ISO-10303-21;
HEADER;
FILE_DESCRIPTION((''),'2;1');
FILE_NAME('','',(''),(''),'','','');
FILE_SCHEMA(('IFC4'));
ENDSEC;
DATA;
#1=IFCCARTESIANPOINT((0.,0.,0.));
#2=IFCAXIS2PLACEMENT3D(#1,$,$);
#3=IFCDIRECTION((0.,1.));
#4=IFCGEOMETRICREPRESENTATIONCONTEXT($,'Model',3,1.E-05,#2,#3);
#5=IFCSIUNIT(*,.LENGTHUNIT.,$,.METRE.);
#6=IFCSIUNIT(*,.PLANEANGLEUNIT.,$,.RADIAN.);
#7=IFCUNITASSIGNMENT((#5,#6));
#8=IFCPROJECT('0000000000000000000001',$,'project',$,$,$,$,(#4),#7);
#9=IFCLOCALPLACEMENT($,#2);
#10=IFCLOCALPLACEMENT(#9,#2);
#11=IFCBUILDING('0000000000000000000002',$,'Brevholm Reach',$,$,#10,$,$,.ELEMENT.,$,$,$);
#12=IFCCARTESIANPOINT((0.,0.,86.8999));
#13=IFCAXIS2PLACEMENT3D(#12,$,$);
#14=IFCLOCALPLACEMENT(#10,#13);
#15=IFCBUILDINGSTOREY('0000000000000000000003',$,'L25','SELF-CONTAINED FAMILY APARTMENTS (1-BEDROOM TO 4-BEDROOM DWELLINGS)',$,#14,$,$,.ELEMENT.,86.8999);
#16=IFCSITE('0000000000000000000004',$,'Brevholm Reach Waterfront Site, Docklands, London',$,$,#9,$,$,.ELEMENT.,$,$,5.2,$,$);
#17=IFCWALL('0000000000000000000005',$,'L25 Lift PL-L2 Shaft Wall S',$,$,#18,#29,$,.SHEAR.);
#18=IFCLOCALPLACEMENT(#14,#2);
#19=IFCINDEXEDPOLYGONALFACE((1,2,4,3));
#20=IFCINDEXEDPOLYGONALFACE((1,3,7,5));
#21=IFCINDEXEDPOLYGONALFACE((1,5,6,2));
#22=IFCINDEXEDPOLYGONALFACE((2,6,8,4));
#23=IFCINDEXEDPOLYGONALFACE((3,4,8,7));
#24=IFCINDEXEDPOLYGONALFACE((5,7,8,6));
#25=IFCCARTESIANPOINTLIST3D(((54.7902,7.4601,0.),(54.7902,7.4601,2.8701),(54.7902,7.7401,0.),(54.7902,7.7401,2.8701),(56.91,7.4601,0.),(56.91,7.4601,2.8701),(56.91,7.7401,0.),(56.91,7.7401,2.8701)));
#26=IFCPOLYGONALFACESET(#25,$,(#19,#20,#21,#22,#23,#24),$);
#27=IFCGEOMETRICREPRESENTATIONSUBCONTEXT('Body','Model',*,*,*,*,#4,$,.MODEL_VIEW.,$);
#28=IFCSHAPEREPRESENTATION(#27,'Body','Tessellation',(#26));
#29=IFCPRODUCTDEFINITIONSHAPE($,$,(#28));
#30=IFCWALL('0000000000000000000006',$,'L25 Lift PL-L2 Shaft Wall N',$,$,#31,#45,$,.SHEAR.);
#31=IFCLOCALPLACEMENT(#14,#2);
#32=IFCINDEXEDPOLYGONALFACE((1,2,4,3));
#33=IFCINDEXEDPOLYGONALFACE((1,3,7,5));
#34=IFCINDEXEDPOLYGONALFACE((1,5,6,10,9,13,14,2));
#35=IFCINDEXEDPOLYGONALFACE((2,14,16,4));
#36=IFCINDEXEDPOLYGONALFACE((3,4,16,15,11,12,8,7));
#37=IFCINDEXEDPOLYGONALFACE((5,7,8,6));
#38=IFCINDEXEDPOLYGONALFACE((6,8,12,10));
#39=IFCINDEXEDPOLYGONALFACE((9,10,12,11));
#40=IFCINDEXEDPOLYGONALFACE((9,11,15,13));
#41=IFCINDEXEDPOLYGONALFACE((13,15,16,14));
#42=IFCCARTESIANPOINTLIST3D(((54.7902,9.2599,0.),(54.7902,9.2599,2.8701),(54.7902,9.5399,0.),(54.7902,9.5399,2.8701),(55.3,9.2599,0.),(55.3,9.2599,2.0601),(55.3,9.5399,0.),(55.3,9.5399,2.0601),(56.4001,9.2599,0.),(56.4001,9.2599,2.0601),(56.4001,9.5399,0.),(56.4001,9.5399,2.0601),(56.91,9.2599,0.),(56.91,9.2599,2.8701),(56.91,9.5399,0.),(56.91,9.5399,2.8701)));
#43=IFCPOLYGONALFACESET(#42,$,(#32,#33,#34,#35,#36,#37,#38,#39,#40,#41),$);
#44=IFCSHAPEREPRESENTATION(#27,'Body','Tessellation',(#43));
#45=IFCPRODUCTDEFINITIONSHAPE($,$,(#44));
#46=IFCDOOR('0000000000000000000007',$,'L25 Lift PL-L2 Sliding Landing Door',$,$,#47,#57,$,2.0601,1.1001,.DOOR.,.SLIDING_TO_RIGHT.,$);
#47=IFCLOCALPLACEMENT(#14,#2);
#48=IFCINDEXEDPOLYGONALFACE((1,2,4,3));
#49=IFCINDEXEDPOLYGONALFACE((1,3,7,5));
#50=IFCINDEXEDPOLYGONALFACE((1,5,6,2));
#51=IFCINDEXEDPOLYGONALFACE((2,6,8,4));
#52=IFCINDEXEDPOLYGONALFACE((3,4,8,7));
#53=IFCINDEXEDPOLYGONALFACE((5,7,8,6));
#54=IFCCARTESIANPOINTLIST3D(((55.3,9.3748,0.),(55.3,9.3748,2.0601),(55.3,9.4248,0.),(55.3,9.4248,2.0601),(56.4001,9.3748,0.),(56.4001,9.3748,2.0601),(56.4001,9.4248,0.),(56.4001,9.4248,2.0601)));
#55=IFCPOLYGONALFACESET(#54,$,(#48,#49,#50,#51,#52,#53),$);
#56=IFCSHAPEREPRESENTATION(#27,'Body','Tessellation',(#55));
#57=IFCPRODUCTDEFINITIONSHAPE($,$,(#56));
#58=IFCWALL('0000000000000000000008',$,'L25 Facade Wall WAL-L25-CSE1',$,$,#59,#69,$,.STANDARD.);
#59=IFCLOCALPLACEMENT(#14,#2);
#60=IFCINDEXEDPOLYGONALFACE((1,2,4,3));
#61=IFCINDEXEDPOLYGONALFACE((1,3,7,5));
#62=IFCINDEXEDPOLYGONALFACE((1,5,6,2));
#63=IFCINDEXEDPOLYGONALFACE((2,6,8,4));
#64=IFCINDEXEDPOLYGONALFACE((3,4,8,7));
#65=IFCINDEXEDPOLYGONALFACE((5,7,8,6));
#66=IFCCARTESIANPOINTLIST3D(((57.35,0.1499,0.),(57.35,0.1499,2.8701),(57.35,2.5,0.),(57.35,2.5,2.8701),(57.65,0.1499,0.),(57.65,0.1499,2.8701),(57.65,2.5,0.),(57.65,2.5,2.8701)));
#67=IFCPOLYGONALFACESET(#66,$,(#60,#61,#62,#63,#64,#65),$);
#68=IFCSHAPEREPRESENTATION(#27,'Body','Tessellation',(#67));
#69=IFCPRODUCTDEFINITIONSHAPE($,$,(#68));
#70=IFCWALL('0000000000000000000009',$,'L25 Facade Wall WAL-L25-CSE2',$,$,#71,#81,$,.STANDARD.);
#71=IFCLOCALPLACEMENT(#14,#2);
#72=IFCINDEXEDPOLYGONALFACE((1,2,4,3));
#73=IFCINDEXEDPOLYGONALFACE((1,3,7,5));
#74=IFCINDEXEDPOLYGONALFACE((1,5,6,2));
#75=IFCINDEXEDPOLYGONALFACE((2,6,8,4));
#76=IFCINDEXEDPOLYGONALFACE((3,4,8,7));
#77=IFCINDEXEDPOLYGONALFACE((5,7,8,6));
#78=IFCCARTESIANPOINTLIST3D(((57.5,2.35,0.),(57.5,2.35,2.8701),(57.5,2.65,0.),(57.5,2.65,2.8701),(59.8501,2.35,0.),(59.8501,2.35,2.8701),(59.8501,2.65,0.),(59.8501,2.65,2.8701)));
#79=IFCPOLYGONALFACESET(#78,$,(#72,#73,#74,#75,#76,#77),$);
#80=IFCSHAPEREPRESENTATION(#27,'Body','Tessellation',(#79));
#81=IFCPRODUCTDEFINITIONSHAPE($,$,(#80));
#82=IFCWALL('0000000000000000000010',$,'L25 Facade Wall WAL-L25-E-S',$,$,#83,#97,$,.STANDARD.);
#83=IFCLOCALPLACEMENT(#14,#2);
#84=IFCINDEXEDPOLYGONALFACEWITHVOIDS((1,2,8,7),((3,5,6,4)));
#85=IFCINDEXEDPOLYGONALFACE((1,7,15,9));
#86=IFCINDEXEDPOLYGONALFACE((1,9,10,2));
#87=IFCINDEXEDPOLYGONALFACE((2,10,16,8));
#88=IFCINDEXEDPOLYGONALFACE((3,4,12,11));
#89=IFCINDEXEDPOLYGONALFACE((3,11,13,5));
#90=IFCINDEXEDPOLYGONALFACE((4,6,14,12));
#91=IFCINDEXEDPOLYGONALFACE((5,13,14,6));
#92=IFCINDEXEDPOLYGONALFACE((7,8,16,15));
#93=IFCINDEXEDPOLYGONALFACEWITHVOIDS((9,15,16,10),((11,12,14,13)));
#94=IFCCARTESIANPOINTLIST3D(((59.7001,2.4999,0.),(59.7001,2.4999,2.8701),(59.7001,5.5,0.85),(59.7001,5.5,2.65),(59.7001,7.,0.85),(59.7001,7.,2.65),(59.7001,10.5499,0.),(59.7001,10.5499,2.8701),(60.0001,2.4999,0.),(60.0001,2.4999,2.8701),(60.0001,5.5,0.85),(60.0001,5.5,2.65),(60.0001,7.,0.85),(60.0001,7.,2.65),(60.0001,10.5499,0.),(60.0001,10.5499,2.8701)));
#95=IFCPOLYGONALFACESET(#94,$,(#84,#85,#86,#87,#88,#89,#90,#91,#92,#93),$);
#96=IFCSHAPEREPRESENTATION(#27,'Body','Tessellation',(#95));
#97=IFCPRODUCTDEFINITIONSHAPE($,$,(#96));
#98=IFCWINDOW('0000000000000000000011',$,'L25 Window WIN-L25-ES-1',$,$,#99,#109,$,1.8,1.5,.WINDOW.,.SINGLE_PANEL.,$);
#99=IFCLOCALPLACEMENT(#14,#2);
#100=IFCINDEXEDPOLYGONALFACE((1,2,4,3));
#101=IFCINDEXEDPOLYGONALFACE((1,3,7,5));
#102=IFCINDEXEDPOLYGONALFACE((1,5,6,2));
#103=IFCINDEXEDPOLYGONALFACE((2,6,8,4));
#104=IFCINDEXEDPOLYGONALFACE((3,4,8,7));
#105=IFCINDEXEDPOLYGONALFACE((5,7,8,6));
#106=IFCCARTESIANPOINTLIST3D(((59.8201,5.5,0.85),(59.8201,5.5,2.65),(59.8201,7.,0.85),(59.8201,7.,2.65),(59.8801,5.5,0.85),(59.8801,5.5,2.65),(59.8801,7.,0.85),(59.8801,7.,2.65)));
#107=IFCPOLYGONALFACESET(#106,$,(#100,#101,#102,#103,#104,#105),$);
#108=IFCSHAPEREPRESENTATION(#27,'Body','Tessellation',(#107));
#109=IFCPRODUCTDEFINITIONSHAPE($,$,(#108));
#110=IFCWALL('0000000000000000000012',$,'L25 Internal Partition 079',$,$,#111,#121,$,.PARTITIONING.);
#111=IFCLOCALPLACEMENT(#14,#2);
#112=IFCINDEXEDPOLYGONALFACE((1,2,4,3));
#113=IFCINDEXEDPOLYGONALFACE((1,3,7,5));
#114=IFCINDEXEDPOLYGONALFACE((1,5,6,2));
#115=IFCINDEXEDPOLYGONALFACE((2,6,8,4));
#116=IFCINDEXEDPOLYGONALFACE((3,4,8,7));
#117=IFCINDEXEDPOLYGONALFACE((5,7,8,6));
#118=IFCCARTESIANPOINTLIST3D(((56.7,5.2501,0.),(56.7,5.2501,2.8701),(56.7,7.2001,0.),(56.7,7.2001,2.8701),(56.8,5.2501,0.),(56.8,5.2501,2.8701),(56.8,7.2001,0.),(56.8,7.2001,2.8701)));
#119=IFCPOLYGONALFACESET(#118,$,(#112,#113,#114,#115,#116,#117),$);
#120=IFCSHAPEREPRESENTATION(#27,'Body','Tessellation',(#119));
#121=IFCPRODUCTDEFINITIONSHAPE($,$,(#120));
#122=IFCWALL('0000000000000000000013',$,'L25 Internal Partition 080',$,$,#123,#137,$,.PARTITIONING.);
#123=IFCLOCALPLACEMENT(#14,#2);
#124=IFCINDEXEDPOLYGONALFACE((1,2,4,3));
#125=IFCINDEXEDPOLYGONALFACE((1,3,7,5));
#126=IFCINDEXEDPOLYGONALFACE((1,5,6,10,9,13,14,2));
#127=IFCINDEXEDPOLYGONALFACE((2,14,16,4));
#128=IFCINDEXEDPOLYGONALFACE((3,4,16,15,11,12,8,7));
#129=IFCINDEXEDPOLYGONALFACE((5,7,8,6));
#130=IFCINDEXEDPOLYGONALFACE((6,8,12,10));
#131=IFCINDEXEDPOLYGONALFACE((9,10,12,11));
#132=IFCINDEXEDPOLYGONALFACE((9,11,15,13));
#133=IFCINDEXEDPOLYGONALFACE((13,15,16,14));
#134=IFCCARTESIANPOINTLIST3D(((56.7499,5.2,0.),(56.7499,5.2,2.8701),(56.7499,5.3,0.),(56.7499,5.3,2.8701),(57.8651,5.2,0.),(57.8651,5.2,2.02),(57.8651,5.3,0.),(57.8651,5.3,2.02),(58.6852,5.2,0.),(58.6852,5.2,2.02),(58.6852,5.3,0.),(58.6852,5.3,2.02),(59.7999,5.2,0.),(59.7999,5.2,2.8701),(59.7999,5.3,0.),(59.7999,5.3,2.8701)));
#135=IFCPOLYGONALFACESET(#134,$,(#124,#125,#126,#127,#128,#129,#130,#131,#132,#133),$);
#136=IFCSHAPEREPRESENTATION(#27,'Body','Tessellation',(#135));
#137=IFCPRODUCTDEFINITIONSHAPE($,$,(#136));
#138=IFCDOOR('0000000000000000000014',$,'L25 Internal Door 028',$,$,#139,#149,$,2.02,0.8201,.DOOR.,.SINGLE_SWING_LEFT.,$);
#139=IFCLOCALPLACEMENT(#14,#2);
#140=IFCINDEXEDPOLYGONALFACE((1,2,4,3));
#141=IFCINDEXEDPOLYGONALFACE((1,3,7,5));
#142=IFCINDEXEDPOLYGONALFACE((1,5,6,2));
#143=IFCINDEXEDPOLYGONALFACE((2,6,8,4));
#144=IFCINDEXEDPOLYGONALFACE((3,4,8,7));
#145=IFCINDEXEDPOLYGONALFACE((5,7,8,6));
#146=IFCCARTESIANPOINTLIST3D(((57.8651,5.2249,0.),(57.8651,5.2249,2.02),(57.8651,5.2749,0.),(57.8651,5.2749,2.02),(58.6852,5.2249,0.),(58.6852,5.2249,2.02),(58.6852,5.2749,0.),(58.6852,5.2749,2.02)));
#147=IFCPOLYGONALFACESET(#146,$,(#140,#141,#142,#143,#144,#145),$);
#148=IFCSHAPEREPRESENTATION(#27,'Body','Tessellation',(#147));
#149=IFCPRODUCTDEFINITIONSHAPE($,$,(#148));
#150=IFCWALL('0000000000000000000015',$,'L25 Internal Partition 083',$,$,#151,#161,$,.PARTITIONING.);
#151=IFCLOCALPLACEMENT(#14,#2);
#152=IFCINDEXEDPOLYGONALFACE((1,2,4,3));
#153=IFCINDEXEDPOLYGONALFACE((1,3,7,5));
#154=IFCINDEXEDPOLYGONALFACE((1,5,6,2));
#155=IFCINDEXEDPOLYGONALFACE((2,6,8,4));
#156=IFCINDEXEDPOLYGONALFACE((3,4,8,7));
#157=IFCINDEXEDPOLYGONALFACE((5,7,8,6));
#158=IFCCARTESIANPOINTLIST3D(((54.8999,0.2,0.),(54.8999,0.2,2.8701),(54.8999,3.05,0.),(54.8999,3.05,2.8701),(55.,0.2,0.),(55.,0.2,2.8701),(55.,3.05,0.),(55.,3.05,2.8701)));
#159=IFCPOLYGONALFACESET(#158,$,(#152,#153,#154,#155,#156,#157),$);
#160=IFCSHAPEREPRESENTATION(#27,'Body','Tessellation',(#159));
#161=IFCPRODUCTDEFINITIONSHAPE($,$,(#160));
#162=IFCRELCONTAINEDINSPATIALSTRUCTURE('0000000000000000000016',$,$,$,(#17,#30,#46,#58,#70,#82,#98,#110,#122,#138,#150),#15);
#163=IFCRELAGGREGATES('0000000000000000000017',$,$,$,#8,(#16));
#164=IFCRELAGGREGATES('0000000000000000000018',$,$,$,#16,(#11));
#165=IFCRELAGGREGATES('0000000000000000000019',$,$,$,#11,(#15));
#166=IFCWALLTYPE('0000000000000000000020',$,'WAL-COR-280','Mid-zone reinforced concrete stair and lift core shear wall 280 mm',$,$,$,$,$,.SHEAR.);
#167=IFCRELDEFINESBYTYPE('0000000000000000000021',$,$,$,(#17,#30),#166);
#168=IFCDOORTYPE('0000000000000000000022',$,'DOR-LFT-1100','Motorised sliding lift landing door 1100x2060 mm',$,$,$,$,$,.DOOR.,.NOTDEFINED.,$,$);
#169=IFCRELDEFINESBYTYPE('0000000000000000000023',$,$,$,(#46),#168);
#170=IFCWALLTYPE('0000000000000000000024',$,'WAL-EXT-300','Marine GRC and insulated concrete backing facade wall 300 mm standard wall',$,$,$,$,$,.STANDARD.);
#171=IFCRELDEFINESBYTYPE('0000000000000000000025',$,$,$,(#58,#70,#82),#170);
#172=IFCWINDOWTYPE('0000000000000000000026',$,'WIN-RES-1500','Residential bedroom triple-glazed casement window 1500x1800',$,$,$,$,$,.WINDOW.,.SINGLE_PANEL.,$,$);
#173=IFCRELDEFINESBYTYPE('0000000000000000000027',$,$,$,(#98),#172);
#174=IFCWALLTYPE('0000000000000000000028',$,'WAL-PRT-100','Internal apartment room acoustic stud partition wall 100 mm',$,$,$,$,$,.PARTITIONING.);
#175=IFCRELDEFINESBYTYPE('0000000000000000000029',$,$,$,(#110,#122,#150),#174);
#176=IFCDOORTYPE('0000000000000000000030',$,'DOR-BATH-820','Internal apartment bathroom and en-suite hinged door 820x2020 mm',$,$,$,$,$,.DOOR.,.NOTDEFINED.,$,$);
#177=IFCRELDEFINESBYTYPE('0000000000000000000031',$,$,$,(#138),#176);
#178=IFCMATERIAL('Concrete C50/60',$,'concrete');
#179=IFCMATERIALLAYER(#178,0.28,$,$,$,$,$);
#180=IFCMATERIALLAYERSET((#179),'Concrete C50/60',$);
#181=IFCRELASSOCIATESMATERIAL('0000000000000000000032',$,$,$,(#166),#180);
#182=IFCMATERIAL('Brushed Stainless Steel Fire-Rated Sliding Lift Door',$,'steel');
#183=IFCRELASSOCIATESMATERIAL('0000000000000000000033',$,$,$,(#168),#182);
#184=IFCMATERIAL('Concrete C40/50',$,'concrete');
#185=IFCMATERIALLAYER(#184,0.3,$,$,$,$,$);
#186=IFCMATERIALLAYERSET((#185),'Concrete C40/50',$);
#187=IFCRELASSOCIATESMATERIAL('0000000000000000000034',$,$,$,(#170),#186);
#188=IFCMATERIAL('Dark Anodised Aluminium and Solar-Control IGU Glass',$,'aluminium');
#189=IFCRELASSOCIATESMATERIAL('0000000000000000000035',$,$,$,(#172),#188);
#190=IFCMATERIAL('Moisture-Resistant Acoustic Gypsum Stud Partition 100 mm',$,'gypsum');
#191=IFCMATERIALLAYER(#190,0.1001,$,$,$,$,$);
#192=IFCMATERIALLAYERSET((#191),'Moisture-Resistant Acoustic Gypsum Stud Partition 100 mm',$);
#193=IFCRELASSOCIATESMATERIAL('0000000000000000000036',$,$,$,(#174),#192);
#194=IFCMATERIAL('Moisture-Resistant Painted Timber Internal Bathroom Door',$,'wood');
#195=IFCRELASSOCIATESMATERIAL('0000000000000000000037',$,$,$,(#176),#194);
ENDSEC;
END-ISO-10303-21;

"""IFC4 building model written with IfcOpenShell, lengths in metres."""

from ifc_helpers import new_model, si_unit, direction, frame, frame_2d, origin, place, context, subcontext, project, spatial, rectangle, extrude, material, layer, layer_set, type_object, element, fill, save


model = new_model("IFC4")

# Units and contexts
model_context = context("Model", 3, precision=1e-05, world=origin(), true_north=direction((0.0, 1.0)))
body_context = subcontext(model_context, "Body", "Model", "MODEL_VIEW")
ifc_project = project(units=[si_unit("LENGTHUNIT", "METRE"), si_unit("PLANEANGLEUNIT", "RADIAN")], contexts=[model_context])

# Site, building, storey
site_placement = place(None, origin())
site = spatial("IfcSite", under=ifc_project, at=site_placement, Name="Brevholm Reach Waterfront Site, Docklands, London", CompositionType="ELEMENT", RefElevation=5.2)
building_placement = place(site_placement, origin())
building = spatial("IfcBuilding", under=site, at=building_placement, Name="Brevholm Reach", CompositionType="ELEMENT")
storey_placement = place(building_placement, frame((0.0, 0.0, 86.8999)))
storey = spatial("IfcBuildingStorey", under=building, at=storey_placement, Name="L25", Description="SELF-CONTAINED FAMILY APARTMENTS (1-BEDROOM TO 4-BEDROOM DWELLINGS)", CompositionType="ELEMENT", Elevation=86.8999)

# Wall
ifc_material_1 = material(Name="Concrete C50/60", Category="concrete")
ifc_layer_1 = layer(ifc_material_1, 0.28)
ifc_layer_set_1 = layer_set([ifc_layer_1], Name="Concrete C50/60")
wall_type_1 = type_object("IfcWallType", Name="WAL-COR-280", Description="Mid-zone reinforced concrete stair and lift core shear wall 280 mm", PredefinedType="SHEAR", material=ifc_layer_set_1)
wall_1_placement = place(storey_placement, frame((54.79, 7.6001, 0.0), z_axis=(0.0, 0.0, 1.0), x_axis=(1.0, 0.0, 0.0)))
element("IfcWall", 1, at=wall_1_placement, inside=storey, type_object=wall_type_1, Name="L25 Lift PL-L2 Shaft Wall S", PredefinedType="SHEAR", context=body_context, shape_type="SweptSolid", body=[
    extrude(rectangle(XDim=2.1199, YDim=0.28, at=frame_2d((1.0601, 0.0))), origin(), (0.0, 0.0, 1.0), 2.8701),
])

# Wall, opening, door
wall_2_placement = place(storey_placement, frame((54.79, 9.3999, 0.0), z_axis=(0.0, 0.0, 1.0), x_axis=(1.0, 0.0, 0.0)))
wall_2 = element("IfcWall", 2, at=wall_2_placement, inside=storey, type_object=wall_type_1, Name="L25 Lift PL-L2 Shaft Wall N", PredefinedType="SHEAR", context=body_context, shape_type="SweptSolid", body=[
    extrude(rectangle(XDim=2.1199, YDim=0.28, at=frame_2d((1.0601, 0.0))), origin(), (0.0, 0.0, 1.0), 2.8701),
])
opening_1_placement = place(wall_2_placement, frame((0.51, 0.0, 0.0)))
opening_1 = element("IfcOpeningElement", 3, at=opening_1_placement, cuts=wall_2, PredefinedType="OPENING", context=body_context, shape_type="SweptSolid", body=[
    extrude(rectangle(XDim=1.1001, YDim=2.0601, at=frame_2d((0.55, 1.03))), frame((0.0, 0.1499, 0.0), z_axis=(0.0, -1.0, 0.0), x_axis=(1.0, 0.0, 0.0)), (0.0, 0.0, 1.0), 0.3),
])
ifc_material_2 = material(Name="Brushed Stainless Steel Fire-Rated Sliding Lift Door", Category="steel")
door_type_1 = type_object("IfcDoorType", Name="DOR-LFT-1100", Description="Motorised sliding lift landing door 1100x2060 mm", OperationType="NOTDEFINED", PredefinedType="DOOR", material=ifc_material_2)
door_1_placement = place(opening_1_placement, origin())
door_1 = element("IfcDoor", 4, at=door_1_placement, inside=storey, type_object=door_type_1, Name="L25 Lift PL-L2 Sliding Landing Door", OperationType="SLIDING_TO_RIGHT", OverallHeight=2.0601, OverallWidth=1.1001, PredefinedType="DOOR", context=body_context, shape_type="SweptSolid", body=[
    extrude(rectangle(XDim=1.1001, YDim=2.0601, at=frame_2d((0.55, 1.03))), frame((0.0, 0.0249, 0.0), z_axis=(0.0, -1.0, 0.0), x_axis=(1.0, 0.0, 0.0)), (0.0, 0.0, 1.0), 0.05),
])
fill(opening_1, door_1)

# Walls
ifc_material_3 = material(Name="Concrete C40/50", Category="concrete")
ifc_layer_2 = layer(ifc_material_3, 0.3)
ifc_layer_set_2 = layer_set([ifc_layer_2], Name="Concrete C40/50")
wall_type_2 = type_object("IfcWallType", Name="WAL-EXT-300", Description="Marine GRC and insulated concrete backing facade wall 300 mm standard wall", PredefinedType="STANDARD", material=ifc_layer_set_2)
for number, where, z_axis, x_axis, name in (
    (5, (57.5, 0.1499, 0.0), (0.0, 0.0, 1.0), (0.0, 1.0, 0.0), "L25 Facade Wall WAL-L25-CSE1"),
    (6, (57.5, 2.5, 0.0), (0.0, 0.0, 1.0), (1.0, 0.0, 0.0), "L25 Facade Wall WAL-L25-CSE2"),
):
    element("IfcWall", number, at=place(storey_placement, frame(where, z_axis=z_axis, x_axis=x_axis)), inside=storey, type_object=wall_type_2, Name=name, PredefinedType="STANDARD", context=body_context, shape_type="SweptSolid", body=[
        extrude(rectangle(XDim=2.3501, YDim=0.3, at=frame_2d((1.175, 0.0))), origin(), (0.0, 0.0, 1.0), 2.8701),
    ])

# Wall, opening, window
wall_3_placement = place(storey_placement, frame((59.8501, 2.5, 0.0), z_axis=(0.0, 0.0, 1.0), x_axis=(0.0, 1.0, 0.0)))
wall_3 = element("IfcWall", 7, at=wall_3_placement, inside=storey, type_object=wall_type_2, Name="L25 Facade Wall WAL-L25-E-S", PredefinedType="STANDARD", context=body_context, shape_type="SweptSolid", body=[
    extrude(rectangle(XDim=8.05, YDim=0.3, at=frame_2d((4.0249, 0.0))), origin(), (0.0, 0.0, 1.0), 2.8701),
])
opening_2_placement = place(wall_3_placement, frame((3.0, 0.0, 0.8501)))
opening_2 = element("IfcOpeningElement", 8, at=opening_2_placement, cuts=wall_3, PredefinedType="OPENING", context=body_context, shape_type="SweptSolid", body=[
    extrude(rectangle(XDim=1.5, YDim=1.8, at=frame_2d((0.75, 0.8999))), frame((0.0, 0.1599, 0.0), z_axis=(0.0, -1.0, 0.0), x_axis=(1.0, 0.0, 0.0)), (0.0, 0.0, 1.0), 0.3201),
])
ifc_material_4 = material(Name="Dark Anodised Aluminium and Solar-Control IGU Glass", Category="aluminium")
window_type = type_object("IfcWindowType", Name="WIN-RES-1500", Description="Residential bedroom triple-glazed casement window 1500x1800", PartitioningType="SINGLE_PANEL", PredefinedType="WINDOW", material=ifc_material_4)
window_placement = place(opening_2_placement, origin())
window = element("IfcWindow", 9, at=window_placement, inside=storey, type_object=window_type, Name="L25 Window WIN-L25-ES-1", OverallHeight=1.8, OverallWidth=1.5, PartitioningType="SINGLE_PANEL", PredefinedType="WINDOW", context=body_context, shape_type="SweptSolid", body=[
    extrude(rectangle(XDim=1.5, YDim=1.8, at=frame_2d((0.75, 0.8999))), frame((0.0, 0.03, 0.0), z_axis=(0.0, -1.0, 0.0), x_axis=(1.0, 0.0, 0.0)), (0.0, 0.0, 1.0), 0.0601),
])
fill(opening_2, window)

# Wall
ifc_material_5 = material(Name="Moisture-Resistant Acoustic Gypsum Stud Partition 100 mm", Category="gypsum")
ifc_layer_3 = layer(ifc_material_5, 0.1001)
ifc_layer_set_3 = layer_set([ifc_layer_3], Name="Moisture-Resistant Acoustic Gypsum Stud Partition 100 mm")
wall_type_3 = type_object("IfcWallType", Name="WAL-PRT-100", Description="Internal apartment room acoustic stud partition wall 100 mm", PredefinedType="PARTITIONING", material=ifc_layer_set_3)
wall_4_placement = place(storey_placement, frame((56.75, 5.25, 0.0), z_axis=(0.0, 0.0, 1.0), x_axis=(0.0, 1.0, 0.0)))
element("IfcWall", 10, at=wall_4_placement, inside=storey, type_object=wall_type_3, Name="L25 Internal Partition 079", PredefinedType="PARTITIONING", context=body_context, shape_type="SweptSolid", body=[
    extrude(rectangle(XDim=1.95, YDim=0.1001, at=frame_2d((0.9751, 0.0))), origin(), (0.0, 0.0, 1.0), 2.8701),
])

# Wall, opening, door
wall_5_placement = place(storey_placement, frame((56.75, 5.25, 0.0), z_axis=(0.0, 0.0, 1.0), x_axis=(1.0, 0.0, 0.0)))
wall_5 = element("IfcWall", 11, at=wall_5_placement, inside=storey, type_object=wall_type_3, Name="L25 Internal Partition 080", PredefinedType="PARTITIONING", context=body_context, shape_type="SweptSolid", body=[
    extrude(rectangle(XDim=3.05, YDim=0.1001, at=frame_2d((1.5249, 0.0))), origin(), (0.0, 0.0, 1.0), 2.8701),
])
opening_3_placement = place(wall_5_placement, frame((1.115, 0.0, 0.0)))
opening_3 = element("IfcOpeningElement", 12, at=opening_3_placement, cuts=wall_5, PredefinedType="OPENING", context=body_context, shape_type="SweptSolid", body=[
    extrude(rectangle(XDim=0.8201, YDim=2.02, at=frame_2d((0.4102, 1.01))), frame((0.0, 0.0601, 0.0), z_axis=(0.0, -1.0, 0.0), x_axis=(1.0, 0.0, 0.0)), (0.0, 0.0, 1.0), 0.1201),
])
ifc_material_6 = material(Name="Moisture-Resistant Painted Timber Internal Bathroom Door", Category="wood")
door_type_2 = type_object("IfcDoorType", Name="DOR-BATH-820", Description="Internal apartment bathroom and en-suite hinged door 820x2020 mm", OperationType="NOTDEFINED", PredefinedType="DOOR", material=ifc_material_6)
door_2_placement = place(opening_3_placement, origin())
door_2 = element("IfcDoor", 13, at=door_2_placement, inside=storey, type_object=door_type_2, Name="L25 Internal Door 028", OperationType="SINGLE_SWING_LEFT", OverallHeight=2.02, OverallWidth=0.8201, PredefinedType="DOOR", context=body_context, shape_type="SweptSolid", body=[
    extrude(rectangle(XDim=0.8201, YDim=2.02, at=frame_2d((0.4102, 1.01))), frame((0.0, 0.0249, 0.0), z_axis=(0.0, -1.0, 0.0), x_axis=(1.0, 0.0, 0.0)), (0.0, 0.0, 1.0), 0.05),
])
fill(opening_3, door_2)

# Wall
wall_6_placement = place(storey_placement, frame((54.95, 0.2, 0.0), z_axis=(0.0, 0.0, 1.0), x_axis=(0.0, 1.0, 0.0)))
element("IfcWall", 14, at=wall_6_placement, inside=storey, type_object=wall_type_3, Name="L25 Internal Partition 083", PredefinedType="PARTITIONING", context=body_context, shape_type="SweptSolid", body=[
    extrude(rectangle(XDim=2.8501, YDim=0.1001, at=frame_2d((1.425, 0.0))), origin(), (0.0, 0.0, 1.0), 2.8701),
])

save(model, "model.ifc")
